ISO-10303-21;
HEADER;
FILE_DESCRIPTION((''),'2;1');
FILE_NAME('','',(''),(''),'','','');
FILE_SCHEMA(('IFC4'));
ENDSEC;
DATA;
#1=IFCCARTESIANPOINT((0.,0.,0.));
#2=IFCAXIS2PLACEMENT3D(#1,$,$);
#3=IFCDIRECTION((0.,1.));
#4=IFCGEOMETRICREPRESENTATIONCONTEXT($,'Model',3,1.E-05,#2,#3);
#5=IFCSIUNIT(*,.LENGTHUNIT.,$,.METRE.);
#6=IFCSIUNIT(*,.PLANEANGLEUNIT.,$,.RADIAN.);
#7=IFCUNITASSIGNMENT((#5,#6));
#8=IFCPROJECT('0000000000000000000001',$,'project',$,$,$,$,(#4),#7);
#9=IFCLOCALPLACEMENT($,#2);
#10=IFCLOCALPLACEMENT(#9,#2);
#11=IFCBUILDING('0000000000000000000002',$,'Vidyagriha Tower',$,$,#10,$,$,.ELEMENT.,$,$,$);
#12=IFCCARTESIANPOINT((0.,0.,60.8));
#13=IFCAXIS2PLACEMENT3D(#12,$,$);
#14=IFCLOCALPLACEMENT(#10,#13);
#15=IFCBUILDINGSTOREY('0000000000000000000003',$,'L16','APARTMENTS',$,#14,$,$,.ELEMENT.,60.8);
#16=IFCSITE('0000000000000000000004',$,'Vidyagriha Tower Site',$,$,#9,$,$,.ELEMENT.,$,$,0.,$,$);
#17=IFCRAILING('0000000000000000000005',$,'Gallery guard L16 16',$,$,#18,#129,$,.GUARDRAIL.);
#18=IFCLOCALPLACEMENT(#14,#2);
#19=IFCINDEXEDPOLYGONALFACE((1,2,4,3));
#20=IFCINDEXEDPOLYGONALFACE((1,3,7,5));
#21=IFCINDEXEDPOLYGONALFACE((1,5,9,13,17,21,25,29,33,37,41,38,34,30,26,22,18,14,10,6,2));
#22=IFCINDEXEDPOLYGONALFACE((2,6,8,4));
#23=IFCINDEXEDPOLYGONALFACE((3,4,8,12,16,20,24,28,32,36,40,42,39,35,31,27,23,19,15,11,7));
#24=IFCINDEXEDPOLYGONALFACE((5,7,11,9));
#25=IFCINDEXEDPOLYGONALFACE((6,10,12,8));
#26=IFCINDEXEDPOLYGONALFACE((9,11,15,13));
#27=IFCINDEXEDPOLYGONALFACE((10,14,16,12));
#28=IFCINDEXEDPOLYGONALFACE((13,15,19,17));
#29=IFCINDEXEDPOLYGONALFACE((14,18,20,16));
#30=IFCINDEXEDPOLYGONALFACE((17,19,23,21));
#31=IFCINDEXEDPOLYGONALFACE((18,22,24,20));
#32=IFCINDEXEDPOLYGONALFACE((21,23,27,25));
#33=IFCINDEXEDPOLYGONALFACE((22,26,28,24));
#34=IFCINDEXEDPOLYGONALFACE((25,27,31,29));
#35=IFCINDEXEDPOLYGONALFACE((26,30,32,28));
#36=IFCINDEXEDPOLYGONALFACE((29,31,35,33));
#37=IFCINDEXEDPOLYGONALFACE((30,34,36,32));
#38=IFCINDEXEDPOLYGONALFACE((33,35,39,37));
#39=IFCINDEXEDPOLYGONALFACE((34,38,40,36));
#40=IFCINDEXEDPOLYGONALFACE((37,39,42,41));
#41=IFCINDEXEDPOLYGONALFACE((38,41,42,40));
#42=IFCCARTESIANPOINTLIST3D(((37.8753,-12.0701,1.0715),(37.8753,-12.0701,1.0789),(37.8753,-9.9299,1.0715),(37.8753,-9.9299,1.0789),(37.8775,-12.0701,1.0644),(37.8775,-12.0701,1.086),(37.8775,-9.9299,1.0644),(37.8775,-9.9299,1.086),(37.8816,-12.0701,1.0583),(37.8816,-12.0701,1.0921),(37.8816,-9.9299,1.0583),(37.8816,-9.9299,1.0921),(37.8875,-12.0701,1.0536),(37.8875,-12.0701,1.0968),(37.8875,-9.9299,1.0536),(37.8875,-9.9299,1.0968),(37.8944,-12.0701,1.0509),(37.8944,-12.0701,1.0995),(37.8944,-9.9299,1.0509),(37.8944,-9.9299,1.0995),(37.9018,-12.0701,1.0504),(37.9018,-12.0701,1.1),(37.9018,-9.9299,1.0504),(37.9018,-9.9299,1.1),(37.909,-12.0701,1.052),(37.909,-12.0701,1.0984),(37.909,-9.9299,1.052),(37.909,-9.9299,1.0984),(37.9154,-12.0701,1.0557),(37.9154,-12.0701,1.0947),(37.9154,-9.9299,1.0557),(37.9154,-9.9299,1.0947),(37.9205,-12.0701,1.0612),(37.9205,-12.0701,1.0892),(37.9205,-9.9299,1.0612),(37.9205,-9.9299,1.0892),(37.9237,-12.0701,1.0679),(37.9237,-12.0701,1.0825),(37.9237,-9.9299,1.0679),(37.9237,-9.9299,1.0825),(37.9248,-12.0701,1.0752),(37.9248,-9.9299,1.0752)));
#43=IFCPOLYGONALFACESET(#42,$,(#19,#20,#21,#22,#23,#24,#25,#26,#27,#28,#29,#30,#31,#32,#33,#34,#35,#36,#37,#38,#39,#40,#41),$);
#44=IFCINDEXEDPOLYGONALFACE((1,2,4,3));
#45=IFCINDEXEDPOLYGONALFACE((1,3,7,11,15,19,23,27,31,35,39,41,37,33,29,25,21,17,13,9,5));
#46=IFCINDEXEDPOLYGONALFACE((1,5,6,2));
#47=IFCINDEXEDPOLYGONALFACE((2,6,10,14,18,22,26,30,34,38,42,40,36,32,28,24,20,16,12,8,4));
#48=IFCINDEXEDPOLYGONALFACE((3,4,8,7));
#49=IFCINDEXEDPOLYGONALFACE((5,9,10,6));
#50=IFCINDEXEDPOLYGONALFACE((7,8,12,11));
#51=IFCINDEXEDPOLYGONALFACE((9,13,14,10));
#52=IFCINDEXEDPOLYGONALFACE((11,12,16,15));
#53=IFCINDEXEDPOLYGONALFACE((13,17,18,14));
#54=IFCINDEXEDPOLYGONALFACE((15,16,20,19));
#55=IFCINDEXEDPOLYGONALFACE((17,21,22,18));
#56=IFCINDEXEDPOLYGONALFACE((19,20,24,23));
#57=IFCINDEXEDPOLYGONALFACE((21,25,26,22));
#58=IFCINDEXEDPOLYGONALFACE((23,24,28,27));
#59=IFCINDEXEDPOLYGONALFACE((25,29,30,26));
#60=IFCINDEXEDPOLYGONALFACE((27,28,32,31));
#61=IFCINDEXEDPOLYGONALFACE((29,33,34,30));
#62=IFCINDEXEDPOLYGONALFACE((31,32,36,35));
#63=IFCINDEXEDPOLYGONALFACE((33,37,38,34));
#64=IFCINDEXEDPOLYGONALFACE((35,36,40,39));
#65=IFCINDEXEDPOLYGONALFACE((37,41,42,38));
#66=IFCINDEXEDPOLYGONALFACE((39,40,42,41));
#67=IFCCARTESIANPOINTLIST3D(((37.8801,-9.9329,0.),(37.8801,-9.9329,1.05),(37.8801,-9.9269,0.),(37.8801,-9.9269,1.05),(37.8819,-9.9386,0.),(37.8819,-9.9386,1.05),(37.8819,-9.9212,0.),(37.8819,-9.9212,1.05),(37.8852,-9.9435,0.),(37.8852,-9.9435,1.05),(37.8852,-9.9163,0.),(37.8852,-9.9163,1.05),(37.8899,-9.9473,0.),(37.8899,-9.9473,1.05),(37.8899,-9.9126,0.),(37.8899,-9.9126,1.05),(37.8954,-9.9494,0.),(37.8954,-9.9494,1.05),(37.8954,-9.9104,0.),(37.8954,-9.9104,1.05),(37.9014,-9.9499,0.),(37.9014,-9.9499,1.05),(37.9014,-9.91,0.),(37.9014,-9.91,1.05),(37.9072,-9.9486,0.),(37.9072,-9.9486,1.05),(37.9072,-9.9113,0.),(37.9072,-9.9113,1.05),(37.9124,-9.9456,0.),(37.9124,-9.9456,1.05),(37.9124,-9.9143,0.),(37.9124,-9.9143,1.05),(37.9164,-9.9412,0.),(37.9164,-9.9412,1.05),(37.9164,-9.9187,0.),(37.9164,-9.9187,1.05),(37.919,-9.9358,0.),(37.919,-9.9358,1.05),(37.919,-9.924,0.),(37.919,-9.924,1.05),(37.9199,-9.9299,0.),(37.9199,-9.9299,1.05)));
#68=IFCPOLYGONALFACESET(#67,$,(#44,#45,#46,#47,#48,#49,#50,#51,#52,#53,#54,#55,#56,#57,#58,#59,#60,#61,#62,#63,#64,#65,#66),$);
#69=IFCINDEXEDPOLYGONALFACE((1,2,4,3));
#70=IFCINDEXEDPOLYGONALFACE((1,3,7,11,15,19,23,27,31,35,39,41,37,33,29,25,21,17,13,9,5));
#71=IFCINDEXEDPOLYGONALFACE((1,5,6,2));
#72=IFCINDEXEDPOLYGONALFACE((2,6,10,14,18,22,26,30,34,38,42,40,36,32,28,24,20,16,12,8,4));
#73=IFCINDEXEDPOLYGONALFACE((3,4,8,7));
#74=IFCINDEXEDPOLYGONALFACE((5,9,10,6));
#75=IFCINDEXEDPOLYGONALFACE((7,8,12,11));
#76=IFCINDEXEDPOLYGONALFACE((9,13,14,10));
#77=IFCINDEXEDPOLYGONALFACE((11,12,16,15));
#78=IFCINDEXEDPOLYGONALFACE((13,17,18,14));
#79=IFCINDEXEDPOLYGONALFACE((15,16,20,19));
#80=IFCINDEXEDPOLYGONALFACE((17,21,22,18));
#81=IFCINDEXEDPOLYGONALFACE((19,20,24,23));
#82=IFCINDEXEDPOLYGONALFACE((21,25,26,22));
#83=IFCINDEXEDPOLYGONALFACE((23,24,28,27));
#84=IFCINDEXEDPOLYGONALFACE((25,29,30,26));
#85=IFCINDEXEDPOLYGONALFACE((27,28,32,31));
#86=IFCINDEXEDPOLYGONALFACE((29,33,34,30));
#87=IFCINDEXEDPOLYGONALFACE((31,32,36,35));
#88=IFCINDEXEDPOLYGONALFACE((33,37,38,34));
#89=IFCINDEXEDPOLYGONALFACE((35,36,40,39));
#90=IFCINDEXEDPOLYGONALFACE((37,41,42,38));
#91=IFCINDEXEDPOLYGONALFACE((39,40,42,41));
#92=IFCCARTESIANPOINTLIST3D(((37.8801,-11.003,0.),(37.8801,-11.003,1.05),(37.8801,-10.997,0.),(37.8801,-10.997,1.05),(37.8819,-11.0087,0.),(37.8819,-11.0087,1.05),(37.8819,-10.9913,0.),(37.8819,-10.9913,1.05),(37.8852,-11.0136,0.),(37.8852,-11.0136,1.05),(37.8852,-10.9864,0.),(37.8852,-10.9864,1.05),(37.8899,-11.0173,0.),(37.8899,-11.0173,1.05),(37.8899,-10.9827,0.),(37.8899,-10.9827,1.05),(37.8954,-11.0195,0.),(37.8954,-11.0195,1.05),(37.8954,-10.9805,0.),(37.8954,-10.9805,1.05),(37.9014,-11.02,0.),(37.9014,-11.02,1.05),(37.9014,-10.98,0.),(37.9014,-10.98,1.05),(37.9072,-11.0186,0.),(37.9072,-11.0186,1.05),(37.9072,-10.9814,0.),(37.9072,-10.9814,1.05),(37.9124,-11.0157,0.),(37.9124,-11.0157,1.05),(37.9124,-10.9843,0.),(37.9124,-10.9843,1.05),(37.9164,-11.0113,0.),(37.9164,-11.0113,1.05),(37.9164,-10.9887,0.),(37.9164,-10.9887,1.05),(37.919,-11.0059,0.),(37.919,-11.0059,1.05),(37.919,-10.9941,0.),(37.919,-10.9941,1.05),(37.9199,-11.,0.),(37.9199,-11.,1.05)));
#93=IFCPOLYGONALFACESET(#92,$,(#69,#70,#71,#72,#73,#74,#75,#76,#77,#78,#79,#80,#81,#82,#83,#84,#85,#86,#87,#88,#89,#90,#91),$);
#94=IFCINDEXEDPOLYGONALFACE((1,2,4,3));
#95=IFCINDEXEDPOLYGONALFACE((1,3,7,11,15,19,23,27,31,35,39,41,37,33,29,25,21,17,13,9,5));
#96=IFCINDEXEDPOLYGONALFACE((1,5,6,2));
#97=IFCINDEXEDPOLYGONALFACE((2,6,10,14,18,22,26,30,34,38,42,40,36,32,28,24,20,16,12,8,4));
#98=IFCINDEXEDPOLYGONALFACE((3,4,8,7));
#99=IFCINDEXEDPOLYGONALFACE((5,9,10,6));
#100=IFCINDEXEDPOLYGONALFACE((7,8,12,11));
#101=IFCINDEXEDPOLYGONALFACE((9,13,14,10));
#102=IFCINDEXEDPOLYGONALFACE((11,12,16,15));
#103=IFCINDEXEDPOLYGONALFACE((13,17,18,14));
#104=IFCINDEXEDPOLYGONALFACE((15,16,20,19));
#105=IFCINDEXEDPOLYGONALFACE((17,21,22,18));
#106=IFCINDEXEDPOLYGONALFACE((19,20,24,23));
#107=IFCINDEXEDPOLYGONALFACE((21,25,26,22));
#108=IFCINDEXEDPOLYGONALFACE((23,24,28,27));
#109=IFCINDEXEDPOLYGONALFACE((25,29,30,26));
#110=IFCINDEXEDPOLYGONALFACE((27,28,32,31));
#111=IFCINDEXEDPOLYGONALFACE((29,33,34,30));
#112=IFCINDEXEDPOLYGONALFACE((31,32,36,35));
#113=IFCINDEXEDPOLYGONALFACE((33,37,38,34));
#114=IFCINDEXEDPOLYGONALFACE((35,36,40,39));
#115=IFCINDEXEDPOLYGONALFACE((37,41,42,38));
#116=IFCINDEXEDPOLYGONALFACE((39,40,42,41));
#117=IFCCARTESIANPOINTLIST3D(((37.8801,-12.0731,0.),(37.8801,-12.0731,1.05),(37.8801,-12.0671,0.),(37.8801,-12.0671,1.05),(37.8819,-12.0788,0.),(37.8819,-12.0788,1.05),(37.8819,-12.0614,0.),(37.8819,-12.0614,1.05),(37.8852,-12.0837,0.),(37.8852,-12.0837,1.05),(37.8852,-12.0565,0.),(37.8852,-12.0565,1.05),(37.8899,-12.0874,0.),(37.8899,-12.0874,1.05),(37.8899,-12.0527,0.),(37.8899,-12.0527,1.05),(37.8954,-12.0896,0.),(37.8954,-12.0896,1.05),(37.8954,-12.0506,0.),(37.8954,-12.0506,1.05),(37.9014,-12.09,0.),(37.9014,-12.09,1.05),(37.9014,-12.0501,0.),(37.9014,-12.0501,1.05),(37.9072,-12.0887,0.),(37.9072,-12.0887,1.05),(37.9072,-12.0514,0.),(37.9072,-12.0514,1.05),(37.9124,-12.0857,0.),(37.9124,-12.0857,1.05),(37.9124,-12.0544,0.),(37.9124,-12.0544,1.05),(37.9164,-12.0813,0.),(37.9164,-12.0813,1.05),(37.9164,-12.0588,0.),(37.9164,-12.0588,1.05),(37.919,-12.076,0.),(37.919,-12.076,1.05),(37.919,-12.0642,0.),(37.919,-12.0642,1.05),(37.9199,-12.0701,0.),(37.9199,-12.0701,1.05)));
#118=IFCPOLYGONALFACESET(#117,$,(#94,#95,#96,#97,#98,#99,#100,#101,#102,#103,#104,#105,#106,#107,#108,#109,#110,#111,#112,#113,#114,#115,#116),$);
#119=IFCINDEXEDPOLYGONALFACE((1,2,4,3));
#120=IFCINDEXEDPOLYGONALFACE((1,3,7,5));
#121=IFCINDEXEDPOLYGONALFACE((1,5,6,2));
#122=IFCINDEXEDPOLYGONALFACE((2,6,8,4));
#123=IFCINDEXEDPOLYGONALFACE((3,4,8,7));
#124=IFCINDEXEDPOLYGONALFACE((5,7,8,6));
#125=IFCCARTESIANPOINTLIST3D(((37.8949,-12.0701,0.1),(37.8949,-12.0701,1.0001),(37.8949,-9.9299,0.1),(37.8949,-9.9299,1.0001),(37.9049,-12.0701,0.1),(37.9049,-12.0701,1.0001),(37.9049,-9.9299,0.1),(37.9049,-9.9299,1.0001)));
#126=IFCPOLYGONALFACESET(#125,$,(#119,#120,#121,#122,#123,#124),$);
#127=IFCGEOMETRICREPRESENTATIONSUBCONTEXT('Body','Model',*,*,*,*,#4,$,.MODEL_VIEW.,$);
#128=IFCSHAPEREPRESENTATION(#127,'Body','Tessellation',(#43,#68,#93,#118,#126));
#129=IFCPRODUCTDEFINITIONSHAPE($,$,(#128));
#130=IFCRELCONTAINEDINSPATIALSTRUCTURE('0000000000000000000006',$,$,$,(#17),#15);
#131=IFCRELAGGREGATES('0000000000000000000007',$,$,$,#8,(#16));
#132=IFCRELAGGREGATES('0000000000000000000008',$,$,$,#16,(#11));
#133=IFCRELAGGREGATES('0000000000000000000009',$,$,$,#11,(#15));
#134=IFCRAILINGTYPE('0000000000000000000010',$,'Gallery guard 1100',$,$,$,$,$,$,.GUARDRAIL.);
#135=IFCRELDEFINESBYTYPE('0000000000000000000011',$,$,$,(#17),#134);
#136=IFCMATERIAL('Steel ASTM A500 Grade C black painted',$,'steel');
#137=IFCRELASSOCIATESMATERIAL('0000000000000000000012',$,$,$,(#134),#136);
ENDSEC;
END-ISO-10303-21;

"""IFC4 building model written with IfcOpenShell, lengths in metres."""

from ifc_helpers import new_model, si_unit, direction, frame, origin, origin_2d, place, context, subcontext, project, spatial, rectangle, circle, extrude, material, type_object, element, save


model = new_model("IFC4")

# Units and contexts
model_context = context("Model", 3, precision=1e-05, world=origin(), true_north=direction((0.0, 1.0)))
body_context = subcontext(model_context, "Body", "Model", "MODEL_VIEW")
ifc_project = project(units=[si_unit("LENGTHUNIT", "METRE"), si_unit("PLANEANGLEUNIT", "RADIAN")], contexts=[model_context])

# Site, building, storey
site_placement = place(None, origin())
site = spatial("IfcSite", under=ifc_project, at=site_placement, Name="Vidyagriha Tower Site", CompositionType="ELEMENT", RefElevation=0.0)
building_placement = place(site_placement, origin())
building = spatial("IfcBuilding", under=site, at=building_placement, Name="Vidyagriha Tower", CompositionType="ELEMENT")
storey_placement = place(building_placement, frame((0.0, 0.0, 60.8)))
storey = spatial("IfcBuildingStorey", under=building, at=storey_placement, Name="L16", Description="APARTMENTS", CompositionType="ELEMENT", Elevation=60.8)

# Railing
ifc_material_1 = material(Name="Steel ASTM A500 Grade C black painted", Category="steel")
railing_type = type_object("IfcRailingType", Name="Gallery guard 1100", PredefinedType="GUARDRAIL", material=ifc_material_1)
railing_1_placement = place(storey_placement, frame((37.8999, -9.9299, 0.0)))
element("IfcRailing", 1, at=railing_1_placement, inside=storey, type_object=railing_type, Name="Gallery guard L16 16", PredefinedType="GUARDRAIL", context=body_context, shape_type="SweptSolid", body=[
    extrude(circle(Radius=0.0249, at=origin_2d()), frame((0.0, 0.0, 1.0752), z_axis=(0.0, -1.0, 0.0), x_axis=(1.0, 0.0, 0.0)), (0.0, 0.0, 1.0), 2.1401),
    extrude(circle(Radius=0.02, at=origin_2d()), origin(), (0.0, 0.0, 1.0), 1.05),
    extrude(circle(Radius=0.02, at=origin_2d()), frame((0.0, -1.0701, 0.0)), (0.0, 0.0, 1.0), 1.05),
    extrude(circle(Radius=0.02, at=origin_2d()), frame((0.0, -2.1401, 0.0)), (0.0, 0.0, 1.0), 1.05),
    extrude(rectangle(XDim=0.01, YDim=0.9001, at=origin_2d()), frame((0.0, 0.0, 0.55), z_axis=(0.0, -1.0, 0.0), x_axis=(1.0, 0.0, 0.0)), (0.0, 0.0, 1.0), 2.1401),
])

save(model, "model.ifc")
